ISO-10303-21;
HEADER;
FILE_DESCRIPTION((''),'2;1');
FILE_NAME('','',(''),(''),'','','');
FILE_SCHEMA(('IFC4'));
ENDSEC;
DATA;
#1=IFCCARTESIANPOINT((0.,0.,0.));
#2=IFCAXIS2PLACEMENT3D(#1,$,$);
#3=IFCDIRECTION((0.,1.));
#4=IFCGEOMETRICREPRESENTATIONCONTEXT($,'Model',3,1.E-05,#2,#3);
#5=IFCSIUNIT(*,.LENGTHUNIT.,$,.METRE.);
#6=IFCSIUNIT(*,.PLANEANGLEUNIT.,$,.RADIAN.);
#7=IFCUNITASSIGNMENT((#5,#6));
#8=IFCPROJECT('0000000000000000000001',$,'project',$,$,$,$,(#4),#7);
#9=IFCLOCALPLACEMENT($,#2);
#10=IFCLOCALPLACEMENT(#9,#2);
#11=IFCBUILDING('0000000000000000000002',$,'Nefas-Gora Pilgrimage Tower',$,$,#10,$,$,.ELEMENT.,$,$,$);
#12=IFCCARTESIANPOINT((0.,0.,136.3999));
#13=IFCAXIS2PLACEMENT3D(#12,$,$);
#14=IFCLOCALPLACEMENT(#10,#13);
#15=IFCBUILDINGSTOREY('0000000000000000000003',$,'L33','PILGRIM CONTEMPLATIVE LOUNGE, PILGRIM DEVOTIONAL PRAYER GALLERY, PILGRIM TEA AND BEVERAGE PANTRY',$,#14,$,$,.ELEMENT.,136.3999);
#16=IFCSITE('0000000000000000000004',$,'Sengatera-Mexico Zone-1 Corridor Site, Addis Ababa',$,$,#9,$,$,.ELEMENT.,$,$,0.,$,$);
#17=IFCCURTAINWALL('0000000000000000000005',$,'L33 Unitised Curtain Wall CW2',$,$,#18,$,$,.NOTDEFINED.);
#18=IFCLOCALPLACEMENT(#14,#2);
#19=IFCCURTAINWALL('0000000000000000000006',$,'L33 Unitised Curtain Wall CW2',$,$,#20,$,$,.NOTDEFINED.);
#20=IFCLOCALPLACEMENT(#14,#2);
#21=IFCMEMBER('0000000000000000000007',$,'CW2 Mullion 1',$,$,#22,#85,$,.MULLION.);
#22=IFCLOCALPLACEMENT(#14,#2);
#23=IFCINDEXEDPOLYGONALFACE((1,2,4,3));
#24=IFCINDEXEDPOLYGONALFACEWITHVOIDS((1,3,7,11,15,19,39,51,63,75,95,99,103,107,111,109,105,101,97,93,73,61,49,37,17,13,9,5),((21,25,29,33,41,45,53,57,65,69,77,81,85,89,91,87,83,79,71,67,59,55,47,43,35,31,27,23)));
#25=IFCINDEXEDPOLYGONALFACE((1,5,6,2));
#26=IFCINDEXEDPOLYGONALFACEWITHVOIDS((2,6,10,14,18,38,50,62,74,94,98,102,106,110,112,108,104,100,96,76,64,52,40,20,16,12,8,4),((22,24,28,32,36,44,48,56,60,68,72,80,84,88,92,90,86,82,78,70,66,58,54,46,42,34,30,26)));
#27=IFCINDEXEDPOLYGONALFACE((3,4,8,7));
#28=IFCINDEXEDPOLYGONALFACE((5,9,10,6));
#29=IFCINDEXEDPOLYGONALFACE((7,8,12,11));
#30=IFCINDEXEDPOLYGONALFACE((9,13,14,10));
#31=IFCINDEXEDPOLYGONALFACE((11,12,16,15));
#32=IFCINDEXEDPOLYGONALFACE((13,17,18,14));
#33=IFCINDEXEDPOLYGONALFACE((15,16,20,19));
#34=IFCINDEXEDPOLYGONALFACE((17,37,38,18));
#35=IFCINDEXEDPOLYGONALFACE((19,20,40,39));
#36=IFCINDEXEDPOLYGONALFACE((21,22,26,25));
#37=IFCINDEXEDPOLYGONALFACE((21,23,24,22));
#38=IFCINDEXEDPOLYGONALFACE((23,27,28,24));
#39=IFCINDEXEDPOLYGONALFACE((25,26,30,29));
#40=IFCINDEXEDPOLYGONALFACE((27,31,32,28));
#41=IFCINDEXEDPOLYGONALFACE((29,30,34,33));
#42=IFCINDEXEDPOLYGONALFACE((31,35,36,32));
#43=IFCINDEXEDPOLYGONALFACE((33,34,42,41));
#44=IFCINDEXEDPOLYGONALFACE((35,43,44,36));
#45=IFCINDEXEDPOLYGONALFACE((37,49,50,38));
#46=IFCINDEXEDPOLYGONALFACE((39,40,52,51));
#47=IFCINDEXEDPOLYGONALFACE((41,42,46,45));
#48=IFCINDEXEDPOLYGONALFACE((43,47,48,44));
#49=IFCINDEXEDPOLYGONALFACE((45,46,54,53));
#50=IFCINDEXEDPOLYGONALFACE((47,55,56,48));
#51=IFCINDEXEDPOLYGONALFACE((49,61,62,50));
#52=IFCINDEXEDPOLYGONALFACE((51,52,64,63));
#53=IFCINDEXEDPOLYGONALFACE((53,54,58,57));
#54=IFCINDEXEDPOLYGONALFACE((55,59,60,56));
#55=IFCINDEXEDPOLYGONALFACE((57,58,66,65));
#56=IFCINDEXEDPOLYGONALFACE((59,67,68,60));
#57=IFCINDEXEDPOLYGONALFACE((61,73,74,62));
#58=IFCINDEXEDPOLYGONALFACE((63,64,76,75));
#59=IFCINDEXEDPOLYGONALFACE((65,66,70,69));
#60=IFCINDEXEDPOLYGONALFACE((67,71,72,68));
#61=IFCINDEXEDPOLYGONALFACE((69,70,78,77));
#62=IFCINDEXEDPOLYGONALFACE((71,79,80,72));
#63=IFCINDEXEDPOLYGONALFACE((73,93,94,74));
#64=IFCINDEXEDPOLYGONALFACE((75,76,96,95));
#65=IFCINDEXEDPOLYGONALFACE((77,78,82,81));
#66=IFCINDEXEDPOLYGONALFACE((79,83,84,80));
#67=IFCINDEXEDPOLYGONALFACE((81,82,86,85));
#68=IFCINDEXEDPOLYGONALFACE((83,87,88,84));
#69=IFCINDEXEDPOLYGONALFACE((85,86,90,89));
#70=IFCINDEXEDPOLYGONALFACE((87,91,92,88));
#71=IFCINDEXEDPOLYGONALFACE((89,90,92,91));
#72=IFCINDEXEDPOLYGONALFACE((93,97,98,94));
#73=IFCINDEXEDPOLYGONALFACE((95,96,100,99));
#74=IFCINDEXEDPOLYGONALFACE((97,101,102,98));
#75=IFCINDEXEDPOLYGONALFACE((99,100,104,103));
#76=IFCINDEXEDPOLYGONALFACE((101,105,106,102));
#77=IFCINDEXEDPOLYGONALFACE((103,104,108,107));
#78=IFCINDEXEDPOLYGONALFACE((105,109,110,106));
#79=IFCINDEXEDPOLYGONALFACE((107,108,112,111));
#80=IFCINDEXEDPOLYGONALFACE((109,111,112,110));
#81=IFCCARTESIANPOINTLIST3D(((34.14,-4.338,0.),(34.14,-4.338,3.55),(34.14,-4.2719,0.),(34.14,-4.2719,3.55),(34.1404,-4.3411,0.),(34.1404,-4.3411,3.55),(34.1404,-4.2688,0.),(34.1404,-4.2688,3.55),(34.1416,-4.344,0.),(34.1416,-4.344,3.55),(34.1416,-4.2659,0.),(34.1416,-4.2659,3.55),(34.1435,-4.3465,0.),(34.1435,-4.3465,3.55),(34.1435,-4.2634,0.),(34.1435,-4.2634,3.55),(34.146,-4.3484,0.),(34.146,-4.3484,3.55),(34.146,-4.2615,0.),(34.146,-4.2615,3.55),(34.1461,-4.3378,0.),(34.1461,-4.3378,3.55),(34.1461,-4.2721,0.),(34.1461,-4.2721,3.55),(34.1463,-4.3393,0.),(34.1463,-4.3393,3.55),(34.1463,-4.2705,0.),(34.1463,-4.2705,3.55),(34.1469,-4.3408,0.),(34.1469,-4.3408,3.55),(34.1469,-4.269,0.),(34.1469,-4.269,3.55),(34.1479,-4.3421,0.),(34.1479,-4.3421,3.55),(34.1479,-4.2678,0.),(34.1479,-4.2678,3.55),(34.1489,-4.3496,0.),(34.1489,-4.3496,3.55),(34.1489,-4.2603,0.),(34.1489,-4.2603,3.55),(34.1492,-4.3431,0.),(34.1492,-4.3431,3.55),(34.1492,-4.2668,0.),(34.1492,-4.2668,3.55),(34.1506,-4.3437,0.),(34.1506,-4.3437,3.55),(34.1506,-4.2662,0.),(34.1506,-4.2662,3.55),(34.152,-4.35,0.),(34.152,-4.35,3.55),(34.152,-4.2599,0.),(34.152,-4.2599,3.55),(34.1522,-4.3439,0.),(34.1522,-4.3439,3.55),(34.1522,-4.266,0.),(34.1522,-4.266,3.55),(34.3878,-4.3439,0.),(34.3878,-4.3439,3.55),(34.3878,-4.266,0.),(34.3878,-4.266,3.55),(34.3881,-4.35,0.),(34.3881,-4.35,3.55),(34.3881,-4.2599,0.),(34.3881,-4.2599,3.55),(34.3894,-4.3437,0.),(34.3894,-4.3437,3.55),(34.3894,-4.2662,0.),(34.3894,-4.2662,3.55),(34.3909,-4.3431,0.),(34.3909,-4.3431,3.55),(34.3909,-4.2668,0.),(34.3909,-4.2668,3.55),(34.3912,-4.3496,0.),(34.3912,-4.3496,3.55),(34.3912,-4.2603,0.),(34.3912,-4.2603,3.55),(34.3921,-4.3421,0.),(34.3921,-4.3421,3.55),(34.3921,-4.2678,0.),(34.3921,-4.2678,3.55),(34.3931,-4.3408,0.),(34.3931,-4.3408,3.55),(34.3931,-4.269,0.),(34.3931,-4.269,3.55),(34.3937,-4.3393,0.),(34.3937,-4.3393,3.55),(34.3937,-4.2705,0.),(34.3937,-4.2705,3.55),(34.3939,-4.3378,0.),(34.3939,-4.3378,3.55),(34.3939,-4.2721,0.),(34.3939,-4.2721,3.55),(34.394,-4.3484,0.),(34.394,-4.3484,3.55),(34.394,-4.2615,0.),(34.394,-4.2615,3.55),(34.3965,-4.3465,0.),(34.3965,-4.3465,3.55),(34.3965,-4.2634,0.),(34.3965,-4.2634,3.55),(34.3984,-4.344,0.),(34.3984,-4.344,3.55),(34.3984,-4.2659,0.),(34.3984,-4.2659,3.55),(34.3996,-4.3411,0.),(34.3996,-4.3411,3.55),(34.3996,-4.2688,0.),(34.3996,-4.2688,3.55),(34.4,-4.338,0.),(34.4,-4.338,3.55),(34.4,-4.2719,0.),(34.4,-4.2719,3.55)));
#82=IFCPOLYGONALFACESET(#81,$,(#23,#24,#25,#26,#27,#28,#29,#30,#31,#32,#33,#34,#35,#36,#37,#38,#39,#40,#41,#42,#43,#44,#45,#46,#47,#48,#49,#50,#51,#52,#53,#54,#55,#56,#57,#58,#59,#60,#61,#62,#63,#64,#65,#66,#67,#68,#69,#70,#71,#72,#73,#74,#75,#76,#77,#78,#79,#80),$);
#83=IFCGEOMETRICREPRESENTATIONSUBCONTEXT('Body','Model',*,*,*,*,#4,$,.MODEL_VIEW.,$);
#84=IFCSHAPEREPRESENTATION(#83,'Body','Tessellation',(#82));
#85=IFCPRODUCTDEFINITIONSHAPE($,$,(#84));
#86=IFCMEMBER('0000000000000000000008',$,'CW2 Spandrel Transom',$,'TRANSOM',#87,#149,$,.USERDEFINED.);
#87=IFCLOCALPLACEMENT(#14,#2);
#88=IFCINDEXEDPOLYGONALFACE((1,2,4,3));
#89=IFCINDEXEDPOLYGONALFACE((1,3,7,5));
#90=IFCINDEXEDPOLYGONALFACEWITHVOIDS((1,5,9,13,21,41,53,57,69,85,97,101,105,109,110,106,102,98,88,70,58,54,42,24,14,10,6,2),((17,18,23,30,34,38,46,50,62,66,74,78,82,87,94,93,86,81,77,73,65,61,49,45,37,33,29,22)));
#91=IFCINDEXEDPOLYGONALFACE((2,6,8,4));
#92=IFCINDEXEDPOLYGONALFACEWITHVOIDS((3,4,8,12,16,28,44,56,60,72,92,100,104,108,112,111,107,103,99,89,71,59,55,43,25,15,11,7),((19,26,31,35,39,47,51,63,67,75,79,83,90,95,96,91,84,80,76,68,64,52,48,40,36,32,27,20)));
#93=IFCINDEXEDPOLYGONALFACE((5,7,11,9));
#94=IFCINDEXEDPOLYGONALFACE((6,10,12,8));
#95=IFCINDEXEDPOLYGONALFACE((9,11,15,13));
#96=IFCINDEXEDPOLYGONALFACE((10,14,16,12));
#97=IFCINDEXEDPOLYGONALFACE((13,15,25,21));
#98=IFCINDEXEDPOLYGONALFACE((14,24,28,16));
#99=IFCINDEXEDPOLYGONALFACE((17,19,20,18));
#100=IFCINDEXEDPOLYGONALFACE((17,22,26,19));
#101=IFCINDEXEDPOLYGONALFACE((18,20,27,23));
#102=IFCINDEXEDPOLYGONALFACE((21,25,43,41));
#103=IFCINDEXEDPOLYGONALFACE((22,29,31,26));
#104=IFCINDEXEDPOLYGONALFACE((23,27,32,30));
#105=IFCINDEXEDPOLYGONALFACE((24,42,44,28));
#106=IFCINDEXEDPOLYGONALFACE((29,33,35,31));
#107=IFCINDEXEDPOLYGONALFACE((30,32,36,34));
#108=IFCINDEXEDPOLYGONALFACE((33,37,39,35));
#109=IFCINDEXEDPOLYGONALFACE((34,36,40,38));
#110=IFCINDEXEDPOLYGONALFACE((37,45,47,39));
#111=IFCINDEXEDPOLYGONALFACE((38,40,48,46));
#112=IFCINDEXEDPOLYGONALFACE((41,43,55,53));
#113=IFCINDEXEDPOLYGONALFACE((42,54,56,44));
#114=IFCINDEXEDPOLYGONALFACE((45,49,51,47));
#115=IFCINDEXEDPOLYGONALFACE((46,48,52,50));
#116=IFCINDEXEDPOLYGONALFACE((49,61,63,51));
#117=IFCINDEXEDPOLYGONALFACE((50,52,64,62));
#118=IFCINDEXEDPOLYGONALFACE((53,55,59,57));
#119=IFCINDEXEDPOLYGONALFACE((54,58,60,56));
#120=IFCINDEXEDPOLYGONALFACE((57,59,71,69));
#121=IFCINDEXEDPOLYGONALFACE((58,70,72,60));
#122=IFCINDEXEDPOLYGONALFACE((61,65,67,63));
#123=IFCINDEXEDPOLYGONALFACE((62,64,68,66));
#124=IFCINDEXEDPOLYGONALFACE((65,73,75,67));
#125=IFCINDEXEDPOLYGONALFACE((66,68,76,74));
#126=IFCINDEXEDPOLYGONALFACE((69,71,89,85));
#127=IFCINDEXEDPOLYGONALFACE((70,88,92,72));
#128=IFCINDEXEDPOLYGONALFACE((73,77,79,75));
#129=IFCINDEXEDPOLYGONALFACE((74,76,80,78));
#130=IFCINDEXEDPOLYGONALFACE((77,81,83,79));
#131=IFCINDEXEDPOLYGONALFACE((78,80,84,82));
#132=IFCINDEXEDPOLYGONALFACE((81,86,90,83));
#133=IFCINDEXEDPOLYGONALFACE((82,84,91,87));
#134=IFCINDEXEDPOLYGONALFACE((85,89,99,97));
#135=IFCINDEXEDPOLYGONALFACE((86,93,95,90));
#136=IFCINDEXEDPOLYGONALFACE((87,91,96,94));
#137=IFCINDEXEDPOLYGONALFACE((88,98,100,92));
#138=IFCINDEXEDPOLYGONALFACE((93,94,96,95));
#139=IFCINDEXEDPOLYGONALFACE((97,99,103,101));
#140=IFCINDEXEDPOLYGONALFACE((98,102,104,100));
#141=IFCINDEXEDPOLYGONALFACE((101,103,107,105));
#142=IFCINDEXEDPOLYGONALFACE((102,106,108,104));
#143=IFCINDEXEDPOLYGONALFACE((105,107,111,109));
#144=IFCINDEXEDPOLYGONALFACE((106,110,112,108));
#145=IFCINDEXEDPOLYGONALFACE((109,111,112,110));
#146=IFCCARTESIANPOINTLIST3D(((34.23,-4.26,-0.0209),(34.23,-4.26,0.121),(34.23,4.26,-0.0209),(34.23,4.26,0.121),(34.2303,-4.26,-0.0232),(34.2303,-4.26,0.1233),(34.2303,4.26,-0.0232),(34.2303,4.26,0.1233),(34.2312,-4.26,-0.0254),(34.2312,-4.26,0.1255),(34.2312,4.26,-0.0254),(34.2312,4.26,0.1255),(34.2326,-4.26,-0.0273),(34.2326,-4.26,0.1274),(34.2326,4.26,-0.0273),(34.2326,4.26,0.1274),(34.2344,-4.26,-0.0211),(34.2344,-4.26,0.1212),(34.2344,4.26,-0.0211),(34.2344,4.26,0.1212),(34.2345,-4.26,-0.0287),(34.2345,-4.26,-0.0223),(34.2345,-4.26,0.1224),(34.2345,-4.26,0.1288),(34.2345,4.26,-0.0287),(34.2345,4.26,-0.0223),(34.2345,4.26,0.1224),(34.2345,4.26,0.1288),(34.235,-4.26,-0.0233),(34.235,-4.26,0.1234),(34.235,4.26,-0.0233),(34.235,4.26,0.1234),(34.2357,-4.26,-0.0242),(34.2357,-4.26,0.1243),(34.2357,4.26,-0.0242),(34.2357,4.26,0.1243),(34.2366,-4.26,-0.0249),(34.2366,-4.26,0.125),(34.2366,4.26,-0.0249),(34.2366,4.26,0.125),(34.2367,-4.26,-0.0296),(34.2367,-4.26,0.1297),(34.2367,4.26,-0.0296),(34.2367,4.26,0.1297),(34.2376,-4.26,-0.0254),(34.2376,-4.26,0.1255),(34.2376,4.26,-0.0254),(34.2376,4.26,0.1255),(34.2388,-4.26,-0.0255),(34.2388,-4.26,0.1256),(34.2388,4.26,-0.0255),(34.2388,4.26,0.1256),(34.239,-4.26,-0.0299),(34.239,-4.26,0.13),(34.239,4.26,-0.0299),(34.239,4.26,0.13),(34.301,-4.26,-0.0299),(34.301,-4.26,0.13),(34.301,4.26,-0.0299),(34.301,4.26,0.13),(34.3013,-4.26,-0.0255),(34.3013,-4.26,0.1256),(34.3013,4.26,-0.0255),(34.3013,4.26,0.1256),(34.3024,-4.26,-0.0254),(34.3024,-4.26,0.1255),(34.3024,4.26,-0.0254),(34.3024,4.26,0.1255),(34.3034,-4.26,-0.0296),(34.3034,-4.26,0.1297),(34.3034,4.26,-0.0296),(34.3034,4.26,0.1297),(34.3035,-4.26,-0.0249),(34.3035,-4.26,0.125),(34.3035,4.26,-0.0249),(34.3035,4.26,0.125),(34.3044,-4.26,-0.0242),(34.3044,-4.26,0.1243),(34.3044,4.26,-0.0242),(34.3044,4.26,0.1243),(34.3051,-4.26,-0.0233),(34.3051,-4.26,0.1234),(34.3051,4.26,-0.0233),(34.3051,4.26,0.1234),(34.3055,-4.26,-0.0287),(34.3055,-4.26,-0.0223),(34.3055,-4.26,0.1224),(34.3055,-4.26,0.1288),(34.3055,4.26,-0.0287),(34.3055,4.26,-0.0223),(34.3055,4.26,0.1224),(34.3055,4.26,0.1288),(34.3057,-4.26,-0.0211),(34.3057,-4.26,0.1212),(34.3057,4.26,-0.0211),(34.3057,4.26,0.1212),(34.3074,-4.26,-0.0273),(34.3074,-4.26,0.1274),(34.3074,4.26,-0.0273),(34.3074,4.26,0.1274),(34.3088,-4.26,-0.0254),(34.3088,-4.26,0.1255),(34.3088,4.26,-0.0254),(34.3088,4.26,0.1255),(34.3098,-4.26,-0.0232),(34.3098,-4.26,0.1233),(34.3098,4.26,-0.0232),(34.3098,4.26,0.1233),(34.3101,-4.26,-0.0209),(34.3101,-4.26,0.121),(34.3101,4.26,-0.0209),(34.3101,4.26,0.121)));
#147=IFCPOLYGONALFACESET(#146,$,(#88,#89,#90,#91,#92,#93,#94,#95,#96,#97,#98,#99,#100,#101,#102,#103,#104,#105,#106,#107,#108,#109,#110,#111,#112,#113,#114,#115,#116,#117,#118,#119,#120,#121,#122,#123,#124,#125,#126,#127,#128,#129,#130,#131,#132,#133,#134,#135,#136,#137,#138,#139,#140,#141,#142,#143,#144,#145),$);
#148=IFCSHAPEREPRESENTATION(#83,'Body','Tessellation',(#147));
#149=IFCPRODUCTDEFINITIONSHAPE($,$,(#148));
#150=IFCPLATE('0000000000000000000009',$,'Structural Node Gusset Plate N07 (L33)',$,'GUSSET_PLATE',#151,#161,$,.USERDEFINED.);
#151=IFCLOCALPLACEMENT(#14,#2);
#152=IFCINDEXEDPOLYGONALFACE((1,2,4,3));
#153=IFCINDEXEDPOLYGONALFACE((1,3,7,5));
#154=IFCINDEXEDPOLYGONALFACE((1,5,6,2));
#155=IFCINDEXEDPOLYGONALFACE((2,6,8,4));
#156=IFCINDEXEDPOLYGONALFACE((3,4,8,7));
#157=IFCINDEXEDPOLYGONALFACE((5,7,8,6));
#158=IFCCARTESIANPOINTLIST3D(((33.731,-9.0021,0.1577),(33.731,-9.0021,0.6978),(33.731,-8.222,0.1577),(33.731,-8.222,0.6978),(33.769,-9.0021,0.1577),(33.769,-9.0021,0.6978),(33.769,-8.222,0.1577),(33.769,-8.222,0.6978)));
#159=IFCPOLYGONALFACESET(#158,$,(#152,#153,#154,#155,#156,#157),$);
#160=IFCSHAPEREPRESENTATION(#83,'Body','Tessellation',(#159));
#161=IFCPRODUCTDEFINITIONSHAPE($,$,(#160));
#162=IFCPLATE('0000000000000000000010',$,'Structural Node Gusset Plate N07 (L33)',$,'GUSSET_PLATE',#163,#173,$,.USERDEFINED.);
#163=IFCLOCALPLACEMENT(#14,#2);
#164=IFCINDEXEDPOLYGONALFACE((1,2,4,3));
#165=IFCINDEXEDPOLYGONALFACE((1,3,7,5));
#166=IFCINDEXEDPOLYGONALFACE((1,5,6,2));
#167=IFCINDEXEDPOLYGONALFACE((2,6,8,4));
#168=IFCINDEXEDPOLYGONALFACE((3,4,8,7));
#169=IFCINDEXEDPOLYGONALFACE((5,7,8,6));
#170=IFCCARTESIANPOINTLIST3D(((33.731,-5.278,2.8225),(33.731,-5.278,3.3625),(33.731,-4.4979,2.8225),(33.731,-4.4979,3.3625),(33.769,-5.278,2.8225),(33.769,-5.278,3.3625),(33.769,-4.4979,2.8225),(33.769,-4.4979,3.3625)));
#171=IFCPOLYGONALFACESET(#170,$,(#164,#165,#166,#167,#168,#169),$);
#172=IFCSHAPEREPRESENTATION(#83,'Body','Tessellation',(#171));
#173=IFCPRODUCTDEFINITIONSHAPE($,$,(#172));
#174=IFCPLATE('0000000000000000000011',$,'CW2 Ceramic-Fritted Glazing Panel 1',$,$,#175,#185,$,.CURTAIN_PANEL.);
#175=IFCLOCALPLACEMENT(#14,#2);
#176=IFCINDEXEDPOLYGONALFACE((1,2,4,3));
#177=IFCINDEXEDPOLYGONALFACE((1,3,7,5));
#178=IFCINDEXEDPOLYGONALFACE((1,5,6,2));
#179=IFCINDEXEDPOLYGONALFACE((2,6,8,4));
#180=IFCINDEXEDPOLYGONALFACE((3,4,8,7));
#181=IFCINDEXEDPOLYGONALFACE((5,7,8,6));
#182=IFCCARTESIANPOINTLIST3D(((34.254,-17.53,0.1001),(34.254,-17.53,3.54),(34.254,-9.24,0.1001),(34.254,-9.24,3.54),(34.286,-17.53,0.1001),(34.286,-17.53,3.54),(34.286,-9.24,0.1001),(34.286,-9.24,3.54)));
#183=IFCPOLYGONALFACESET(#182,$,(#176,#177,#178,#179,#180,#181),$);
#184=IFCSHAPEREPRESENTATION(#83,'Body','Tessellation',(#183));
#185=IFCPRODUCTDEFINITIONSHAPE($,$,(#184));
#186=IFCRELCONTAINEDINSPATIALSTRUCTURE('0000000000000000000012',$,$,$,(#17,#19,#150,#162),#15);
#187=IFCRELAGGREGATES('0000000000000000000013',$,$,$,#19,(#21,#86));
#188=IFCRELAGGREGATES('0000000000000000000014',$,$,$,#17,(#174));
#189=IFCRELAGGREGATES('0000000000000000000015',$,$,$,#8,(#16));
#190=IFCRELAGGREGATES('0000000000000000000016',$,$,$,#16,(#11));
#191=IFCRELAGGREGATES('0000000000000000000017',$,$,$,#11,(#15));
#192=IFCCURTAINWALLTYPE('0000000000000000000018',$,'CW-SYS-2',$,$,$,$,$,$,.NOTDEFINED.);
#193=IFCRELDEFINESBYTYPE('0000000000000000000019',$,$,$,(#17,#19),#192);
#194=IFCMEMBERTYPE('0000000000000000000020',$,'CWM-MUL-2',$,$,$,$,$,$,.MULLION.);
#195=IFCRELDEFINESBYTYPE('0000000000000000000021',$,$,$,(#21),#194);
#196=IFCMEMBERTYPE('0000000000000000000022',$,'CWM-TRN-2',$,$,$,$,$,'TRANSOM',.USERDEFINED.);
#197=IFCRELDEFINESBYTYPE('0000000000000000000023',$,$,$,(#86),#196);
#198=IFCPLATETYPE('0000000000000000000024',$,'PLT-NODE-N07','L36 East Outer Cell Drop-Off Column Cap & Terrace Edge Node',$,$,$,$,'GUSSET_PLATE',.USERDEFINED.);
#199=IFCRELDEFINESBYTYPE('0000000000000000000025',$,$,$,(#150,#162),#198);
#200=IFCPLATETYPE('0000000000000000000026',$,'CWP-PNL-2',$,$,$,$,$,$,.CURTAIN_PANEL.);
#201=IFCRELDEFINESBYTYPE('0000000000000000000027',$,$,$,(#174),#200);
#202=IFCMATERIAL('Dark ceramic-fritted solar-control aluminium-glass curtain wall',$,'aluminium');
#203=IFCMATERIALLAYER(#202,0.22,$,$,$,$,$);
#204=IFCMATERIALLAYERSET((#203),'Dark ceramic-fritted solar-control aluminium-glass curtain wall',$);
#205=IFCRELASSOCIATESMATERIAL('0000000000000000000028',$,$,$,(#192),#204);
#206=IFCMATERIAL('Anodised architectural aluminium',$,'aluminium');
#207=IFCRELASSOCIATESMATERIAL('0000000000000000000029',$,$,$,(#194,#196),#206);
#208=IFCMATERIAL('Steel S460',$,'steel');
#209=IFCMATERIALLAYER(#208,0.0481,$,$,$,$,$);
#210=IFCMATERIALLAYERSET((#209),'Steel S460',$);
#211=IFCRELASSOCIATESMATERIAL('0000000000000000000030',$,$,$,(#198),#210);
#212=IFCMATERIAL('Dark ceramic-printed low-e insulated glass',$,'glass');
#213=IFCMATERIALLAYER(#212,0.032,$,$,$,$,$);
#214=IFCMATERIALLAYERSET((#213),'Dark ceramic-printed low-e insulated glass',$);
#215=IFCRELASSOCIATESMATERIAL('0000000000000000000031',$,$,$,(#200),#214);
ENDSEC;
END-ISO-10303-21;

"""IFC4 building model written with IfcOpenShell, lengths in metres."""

from ifc_helpers import new_model, si_unit, direction, frame, origin, origin_2d, place, context, subcontext, project, spatial, rectangle, hollow_rectangle, extrude, source, transform, mapped, material, layer, layer_set, material_profile, profile_set, type_object, element, aggregate, save


model = new_model("IFC4")

# Units and contexts
model_context = context("Model", 3, precision=1e-05, world=origin(), true_north=direction((0.0, 1.0)))
body_context = subcontext(model_context, "Body", "Model", "MODEL_VIEW")
ifc_project = project(units=[si_unit("LENGTHUNIT", "METRE"), si_unit("PLANEANGLEUNIT", "RADIAN")], contexts=[model_context])

# Site, building, storey
site_placement = place(None, origin())
site = spatial("IfcSite", under=ifc_project, at=site_placement, Name="Sengatera-Mexico Zone-1 Corridor Site, Addis Ababa", CompositionType="ELEMENT", RefElevation=0.0)
building_placement = place(site_placement, origin())
building = spatial("IfcBuilding", under=site, at=building_placement, Name="Nefas-Gora Pilgrimage Tower", CompositionType="ELEMENT")
storey_placement = place(building_placement, frame((0.0, 0.0, 136.3999)))
storey = spatial("IfcBuildingStorey", under=building, at=storey_placement, Name="L33", Description="PILGRIM CONTEMPLATIVE LOUNGE, PILGRIM DEVOTIONAL PRAYER GALLERY, PILGRIM TEA AND BEVERAGE PANTRY", CompositionType="ELEMENT", Elevation=136.3999)

# Shared definitions
ifc_material_1 = material(Name="Steel S460", Category="steel")

# Curtain wall
ifc_material_2 = material(Name="Dark ceramic-fritted solar-control aluminium-glass curtain wall", Category="aluminium")
ifc_layer_1 = layer(ifc_material_2, 0.22)
ifc_layer_set_1 = layer_set([ifc_layer_1], Name="Dark ceramic-fritted solar-control aluminium-glass curtain wall")
curtain_wall_type = type_object("IfcCurtainWallType", Name="CW-SYS-2", PredefinedType="NOTDEFINED", material=ifc_layer_set_1)
curtain_wall_1_placement = place(storey_placement, origin())
curtain_wall_1 = element("IfcCurtainWall", 1, at=curtain_wall_1_placement, inside=storey, type_object=curtain_wall_type, Name="L33 Unitised Curtain Wall CW2", PredefinedType="NOTDEFINED")
ifc_material_3 = material(Name="Anodised architectural aluminium", Category="aluminium")
ifc_material_profile_1 = material_profile(ifc_material_3, hollow_rectangle(XDim=0.0901, YDim=0.26, WallThickness=0.0061, InnerFilletRadius=0.0061, OuterFilletRadius=0.012, at=origin_2d()), Name="ALU MULLION 90x260")
ifc_profile_set_1 = profile_set([ifc_material_profile_1], Name="Anodised architectural aluminium")
member_type_1 = type_object("IfcMemberType", Name="CWM-MUL-2", PredefinedType="MULLION", material=ifc_profile_set_1)
shared_shape_1 = source(origin(), body_context, "Body", "SweptSolid", [
    extrude(hollow_rectangle(XDim=0.0901, YDim=0.26, WallThickness=0.0061, InnerFilletRadius=0.0061, OuterFilletRadius=0.012, at=origin_2d()), origin(), (0.0, 0.0, 1.0), 3.55),
])

# Curtain wall, members
curtain_wall_2_placement = place(storey_placement, origin())
curtain_wall_2 = element("IfcCurtainWall", 2, at=curtain_wall_2_placement, inside=storey, type_object=curtain_wall_type, Name="L33 Unitised Curtain Wall CW2", PredefinedType="NOTDEFINED")
member_1_placement = place(storey_placement, frame((34.27, -4.3049, 0.0), z_axis=(0.0, 0.0, 1.0), x_axis=(0.0, 1.0, 0.0)))
member_1 = element("IfcMember", 3, at=member_1_placement, type_object=member_type_1, Name="CW2 Mullion 1", PredefinedType="MULLION", context=body_context, shape_type="MappedRepresentation", body=[
    mapped(shared_shape_1, transform((0.0, 0.0, 0.0), x_axis=(1.0, 0.0, 0.0), y_axis=(0.0, 1.0, 0.0), z_axis=(0.0, 0.0, 1.0), scale=1.0)),
])
ifc_material_profile_2 = material_profile(ifc_material_3, hollow_rectangle(XDim=0.0801, YDim=0.1599, WallThickness=0.0044, InnerFilletRadius=0.0044, OuterFilletRadius=0.009, at=origin_2d()), Name="ALU TRANSOM 80x160")
ifc_profile_set_2 = profile_set([ifc_material_profile_2], Name="Anodised architectural aluminium")
member_type_2 = type_object("IfcMemberType", Name="CWM-TRN-2", ElementType="TRANSOM", PredefinedType="USERDEFINED", material=ifc_profile_set_2)
shared_shape_2 = source(origin(), body_context, "Body", "SweptSolid", [
    extrude(hollow_rectangle(XDim=0.0801, YDim=0.1599, WallThickness=0.0044, InnerFilletRadius=0.0044, OuterFilletRadius=0.009, at=origin_2d()), origin(), (0.0, 0.0, 1.0), 8.52),
])
member_2_placement = place(storey_placement, frame((34.27, -4.26, 0.05), z_axis=(0.0, 1.0, 0.0), x_axis=(-1.0, 0.0, 0.0)))
member_2 = element("IfcMember", 4, at=member_2_placement, type_object=member_type_2, Name="CW2 Spandrel Transom", ObjectType="TRANSOM", PredefinedType="USERDEFINED", context=body_context, shape_type="MappedRepresentation", body=[
    mapped(shared_shape_2, transform((0.0, 0.0, 0.0), x_axis=(1.0, 0.0, 0.0), y_axis=(0.0, 1.0, 0.0), z_axis=(0.0, 0.0, 1.0), scale=1.0)),
])
aggregate(curtain_wall_2, [member_1, member_2])

# Plates
ifc_layer_2 = layer(ifc_material_1, 0.0481)
ifc_layer_set_2 = layer_set([ifc_layer_2], Name="Steel S460")
plate_type_1 = type_object("IfcPlateType", Name="PLT-NODE-N07", Description="L36 East Outer Cell Drop-Off Column Cap & Terrace Edge Node", ElementType="GUSSET_PLATE", PredefinedType="USERDEFINED", material=ifc_layer_set_2)
shared_shape_3 = source(origin(), body_context, "Body", "SweptSolid", [
    extrude(rectangle(XDim=0.78, YDim=0.0381, at=origin_2d()), origin(), (0.0, 0.0, 1.0), 0.54),
])
for number, where, z_axis, x_axis, name in (
    (5, (33.75, -8.6121, 0.1577), (0.0, 0.0, 1.0), (0.0, 1.0, 0.0), "Structural Node Gusset Plate N07 (L33)"),
    (6, (33.75, -4.8879, 2.8225), (0.0, 0.0, 1.0), (0.0, 1.0, 0.0), "Structural Node Gusset Plate N07 (L33)"),
):
    element("IfcPlate", number, at=place(storey_placement, frame(where, z_axis=z_axis, x_axis=x_axis)), inside=storey, type_object=plate_type_1, Name=name, ObjectType="GUSSET_PLATE", PredefinedType="USERDEFINED", context=body_context, shape_type="MappedRepresentation", body=[
        mapped(shared_shape_3, transform((0.0, 0.0, 0.0), x_axis=(1.0, 0.0, 0.0), y_axis=(0.0, 1.0, 0.0), z_axis=(0.0, 0.0, 1.0), scale=1.0)),
    ])

# Plate
ifc_material_4 = material(Name="Dark ceramic-printed low-e insulated glass", Category="glass")
ifc_layer_3 = layer(ifc_material_4, 0.032)
ifc_layer_set_3 = layer_set([ifc_layer_3], Name="Dark ceramic-printed low-e insulated glass")
plate_type_2 = type_object("IfcPlateType", Name="CWP-PNL-2", PredefinedType="CURTAIN_PANEL", material=ifc_layer_set_3)
shared_shape_4 = source(origin(), body_context, "Body", "SweptSolid", [
    extrude(rectangle(XDim=8.29, YDim=0.032, at=origin_2d()), origin(), (0.0, 0.0, 1.0), 3.4399),
])
plate_placement = place(storey_placement, frame((34.27, -13.385, 0.1001), z_axis=(0.0, 0.0, 1.0), x_axis=(0.0, 1.0, 0.0)))
plate = element("IfcPlate", 7, at=plate_placement, type_object=plate_type_2, Name="CW2 Ceramic-Fritted Glazing Panel 1", PredefinedType="CURTAIN_PANEL", context=body_context, shape_type="MappedRepresentation", body=[
    mapped(shared_shape_4, transform((0.0, 0.0, 0.0), x_axis=(1.0, 0.0, 0.0), y_axis=(0.0, 1.0, 0.0), z_axis=(0.0, 0.0, 1.0), scale=1.0)),
])
aggregate(curtain_wall_1, [plate])

save(model, "model.ifc")
